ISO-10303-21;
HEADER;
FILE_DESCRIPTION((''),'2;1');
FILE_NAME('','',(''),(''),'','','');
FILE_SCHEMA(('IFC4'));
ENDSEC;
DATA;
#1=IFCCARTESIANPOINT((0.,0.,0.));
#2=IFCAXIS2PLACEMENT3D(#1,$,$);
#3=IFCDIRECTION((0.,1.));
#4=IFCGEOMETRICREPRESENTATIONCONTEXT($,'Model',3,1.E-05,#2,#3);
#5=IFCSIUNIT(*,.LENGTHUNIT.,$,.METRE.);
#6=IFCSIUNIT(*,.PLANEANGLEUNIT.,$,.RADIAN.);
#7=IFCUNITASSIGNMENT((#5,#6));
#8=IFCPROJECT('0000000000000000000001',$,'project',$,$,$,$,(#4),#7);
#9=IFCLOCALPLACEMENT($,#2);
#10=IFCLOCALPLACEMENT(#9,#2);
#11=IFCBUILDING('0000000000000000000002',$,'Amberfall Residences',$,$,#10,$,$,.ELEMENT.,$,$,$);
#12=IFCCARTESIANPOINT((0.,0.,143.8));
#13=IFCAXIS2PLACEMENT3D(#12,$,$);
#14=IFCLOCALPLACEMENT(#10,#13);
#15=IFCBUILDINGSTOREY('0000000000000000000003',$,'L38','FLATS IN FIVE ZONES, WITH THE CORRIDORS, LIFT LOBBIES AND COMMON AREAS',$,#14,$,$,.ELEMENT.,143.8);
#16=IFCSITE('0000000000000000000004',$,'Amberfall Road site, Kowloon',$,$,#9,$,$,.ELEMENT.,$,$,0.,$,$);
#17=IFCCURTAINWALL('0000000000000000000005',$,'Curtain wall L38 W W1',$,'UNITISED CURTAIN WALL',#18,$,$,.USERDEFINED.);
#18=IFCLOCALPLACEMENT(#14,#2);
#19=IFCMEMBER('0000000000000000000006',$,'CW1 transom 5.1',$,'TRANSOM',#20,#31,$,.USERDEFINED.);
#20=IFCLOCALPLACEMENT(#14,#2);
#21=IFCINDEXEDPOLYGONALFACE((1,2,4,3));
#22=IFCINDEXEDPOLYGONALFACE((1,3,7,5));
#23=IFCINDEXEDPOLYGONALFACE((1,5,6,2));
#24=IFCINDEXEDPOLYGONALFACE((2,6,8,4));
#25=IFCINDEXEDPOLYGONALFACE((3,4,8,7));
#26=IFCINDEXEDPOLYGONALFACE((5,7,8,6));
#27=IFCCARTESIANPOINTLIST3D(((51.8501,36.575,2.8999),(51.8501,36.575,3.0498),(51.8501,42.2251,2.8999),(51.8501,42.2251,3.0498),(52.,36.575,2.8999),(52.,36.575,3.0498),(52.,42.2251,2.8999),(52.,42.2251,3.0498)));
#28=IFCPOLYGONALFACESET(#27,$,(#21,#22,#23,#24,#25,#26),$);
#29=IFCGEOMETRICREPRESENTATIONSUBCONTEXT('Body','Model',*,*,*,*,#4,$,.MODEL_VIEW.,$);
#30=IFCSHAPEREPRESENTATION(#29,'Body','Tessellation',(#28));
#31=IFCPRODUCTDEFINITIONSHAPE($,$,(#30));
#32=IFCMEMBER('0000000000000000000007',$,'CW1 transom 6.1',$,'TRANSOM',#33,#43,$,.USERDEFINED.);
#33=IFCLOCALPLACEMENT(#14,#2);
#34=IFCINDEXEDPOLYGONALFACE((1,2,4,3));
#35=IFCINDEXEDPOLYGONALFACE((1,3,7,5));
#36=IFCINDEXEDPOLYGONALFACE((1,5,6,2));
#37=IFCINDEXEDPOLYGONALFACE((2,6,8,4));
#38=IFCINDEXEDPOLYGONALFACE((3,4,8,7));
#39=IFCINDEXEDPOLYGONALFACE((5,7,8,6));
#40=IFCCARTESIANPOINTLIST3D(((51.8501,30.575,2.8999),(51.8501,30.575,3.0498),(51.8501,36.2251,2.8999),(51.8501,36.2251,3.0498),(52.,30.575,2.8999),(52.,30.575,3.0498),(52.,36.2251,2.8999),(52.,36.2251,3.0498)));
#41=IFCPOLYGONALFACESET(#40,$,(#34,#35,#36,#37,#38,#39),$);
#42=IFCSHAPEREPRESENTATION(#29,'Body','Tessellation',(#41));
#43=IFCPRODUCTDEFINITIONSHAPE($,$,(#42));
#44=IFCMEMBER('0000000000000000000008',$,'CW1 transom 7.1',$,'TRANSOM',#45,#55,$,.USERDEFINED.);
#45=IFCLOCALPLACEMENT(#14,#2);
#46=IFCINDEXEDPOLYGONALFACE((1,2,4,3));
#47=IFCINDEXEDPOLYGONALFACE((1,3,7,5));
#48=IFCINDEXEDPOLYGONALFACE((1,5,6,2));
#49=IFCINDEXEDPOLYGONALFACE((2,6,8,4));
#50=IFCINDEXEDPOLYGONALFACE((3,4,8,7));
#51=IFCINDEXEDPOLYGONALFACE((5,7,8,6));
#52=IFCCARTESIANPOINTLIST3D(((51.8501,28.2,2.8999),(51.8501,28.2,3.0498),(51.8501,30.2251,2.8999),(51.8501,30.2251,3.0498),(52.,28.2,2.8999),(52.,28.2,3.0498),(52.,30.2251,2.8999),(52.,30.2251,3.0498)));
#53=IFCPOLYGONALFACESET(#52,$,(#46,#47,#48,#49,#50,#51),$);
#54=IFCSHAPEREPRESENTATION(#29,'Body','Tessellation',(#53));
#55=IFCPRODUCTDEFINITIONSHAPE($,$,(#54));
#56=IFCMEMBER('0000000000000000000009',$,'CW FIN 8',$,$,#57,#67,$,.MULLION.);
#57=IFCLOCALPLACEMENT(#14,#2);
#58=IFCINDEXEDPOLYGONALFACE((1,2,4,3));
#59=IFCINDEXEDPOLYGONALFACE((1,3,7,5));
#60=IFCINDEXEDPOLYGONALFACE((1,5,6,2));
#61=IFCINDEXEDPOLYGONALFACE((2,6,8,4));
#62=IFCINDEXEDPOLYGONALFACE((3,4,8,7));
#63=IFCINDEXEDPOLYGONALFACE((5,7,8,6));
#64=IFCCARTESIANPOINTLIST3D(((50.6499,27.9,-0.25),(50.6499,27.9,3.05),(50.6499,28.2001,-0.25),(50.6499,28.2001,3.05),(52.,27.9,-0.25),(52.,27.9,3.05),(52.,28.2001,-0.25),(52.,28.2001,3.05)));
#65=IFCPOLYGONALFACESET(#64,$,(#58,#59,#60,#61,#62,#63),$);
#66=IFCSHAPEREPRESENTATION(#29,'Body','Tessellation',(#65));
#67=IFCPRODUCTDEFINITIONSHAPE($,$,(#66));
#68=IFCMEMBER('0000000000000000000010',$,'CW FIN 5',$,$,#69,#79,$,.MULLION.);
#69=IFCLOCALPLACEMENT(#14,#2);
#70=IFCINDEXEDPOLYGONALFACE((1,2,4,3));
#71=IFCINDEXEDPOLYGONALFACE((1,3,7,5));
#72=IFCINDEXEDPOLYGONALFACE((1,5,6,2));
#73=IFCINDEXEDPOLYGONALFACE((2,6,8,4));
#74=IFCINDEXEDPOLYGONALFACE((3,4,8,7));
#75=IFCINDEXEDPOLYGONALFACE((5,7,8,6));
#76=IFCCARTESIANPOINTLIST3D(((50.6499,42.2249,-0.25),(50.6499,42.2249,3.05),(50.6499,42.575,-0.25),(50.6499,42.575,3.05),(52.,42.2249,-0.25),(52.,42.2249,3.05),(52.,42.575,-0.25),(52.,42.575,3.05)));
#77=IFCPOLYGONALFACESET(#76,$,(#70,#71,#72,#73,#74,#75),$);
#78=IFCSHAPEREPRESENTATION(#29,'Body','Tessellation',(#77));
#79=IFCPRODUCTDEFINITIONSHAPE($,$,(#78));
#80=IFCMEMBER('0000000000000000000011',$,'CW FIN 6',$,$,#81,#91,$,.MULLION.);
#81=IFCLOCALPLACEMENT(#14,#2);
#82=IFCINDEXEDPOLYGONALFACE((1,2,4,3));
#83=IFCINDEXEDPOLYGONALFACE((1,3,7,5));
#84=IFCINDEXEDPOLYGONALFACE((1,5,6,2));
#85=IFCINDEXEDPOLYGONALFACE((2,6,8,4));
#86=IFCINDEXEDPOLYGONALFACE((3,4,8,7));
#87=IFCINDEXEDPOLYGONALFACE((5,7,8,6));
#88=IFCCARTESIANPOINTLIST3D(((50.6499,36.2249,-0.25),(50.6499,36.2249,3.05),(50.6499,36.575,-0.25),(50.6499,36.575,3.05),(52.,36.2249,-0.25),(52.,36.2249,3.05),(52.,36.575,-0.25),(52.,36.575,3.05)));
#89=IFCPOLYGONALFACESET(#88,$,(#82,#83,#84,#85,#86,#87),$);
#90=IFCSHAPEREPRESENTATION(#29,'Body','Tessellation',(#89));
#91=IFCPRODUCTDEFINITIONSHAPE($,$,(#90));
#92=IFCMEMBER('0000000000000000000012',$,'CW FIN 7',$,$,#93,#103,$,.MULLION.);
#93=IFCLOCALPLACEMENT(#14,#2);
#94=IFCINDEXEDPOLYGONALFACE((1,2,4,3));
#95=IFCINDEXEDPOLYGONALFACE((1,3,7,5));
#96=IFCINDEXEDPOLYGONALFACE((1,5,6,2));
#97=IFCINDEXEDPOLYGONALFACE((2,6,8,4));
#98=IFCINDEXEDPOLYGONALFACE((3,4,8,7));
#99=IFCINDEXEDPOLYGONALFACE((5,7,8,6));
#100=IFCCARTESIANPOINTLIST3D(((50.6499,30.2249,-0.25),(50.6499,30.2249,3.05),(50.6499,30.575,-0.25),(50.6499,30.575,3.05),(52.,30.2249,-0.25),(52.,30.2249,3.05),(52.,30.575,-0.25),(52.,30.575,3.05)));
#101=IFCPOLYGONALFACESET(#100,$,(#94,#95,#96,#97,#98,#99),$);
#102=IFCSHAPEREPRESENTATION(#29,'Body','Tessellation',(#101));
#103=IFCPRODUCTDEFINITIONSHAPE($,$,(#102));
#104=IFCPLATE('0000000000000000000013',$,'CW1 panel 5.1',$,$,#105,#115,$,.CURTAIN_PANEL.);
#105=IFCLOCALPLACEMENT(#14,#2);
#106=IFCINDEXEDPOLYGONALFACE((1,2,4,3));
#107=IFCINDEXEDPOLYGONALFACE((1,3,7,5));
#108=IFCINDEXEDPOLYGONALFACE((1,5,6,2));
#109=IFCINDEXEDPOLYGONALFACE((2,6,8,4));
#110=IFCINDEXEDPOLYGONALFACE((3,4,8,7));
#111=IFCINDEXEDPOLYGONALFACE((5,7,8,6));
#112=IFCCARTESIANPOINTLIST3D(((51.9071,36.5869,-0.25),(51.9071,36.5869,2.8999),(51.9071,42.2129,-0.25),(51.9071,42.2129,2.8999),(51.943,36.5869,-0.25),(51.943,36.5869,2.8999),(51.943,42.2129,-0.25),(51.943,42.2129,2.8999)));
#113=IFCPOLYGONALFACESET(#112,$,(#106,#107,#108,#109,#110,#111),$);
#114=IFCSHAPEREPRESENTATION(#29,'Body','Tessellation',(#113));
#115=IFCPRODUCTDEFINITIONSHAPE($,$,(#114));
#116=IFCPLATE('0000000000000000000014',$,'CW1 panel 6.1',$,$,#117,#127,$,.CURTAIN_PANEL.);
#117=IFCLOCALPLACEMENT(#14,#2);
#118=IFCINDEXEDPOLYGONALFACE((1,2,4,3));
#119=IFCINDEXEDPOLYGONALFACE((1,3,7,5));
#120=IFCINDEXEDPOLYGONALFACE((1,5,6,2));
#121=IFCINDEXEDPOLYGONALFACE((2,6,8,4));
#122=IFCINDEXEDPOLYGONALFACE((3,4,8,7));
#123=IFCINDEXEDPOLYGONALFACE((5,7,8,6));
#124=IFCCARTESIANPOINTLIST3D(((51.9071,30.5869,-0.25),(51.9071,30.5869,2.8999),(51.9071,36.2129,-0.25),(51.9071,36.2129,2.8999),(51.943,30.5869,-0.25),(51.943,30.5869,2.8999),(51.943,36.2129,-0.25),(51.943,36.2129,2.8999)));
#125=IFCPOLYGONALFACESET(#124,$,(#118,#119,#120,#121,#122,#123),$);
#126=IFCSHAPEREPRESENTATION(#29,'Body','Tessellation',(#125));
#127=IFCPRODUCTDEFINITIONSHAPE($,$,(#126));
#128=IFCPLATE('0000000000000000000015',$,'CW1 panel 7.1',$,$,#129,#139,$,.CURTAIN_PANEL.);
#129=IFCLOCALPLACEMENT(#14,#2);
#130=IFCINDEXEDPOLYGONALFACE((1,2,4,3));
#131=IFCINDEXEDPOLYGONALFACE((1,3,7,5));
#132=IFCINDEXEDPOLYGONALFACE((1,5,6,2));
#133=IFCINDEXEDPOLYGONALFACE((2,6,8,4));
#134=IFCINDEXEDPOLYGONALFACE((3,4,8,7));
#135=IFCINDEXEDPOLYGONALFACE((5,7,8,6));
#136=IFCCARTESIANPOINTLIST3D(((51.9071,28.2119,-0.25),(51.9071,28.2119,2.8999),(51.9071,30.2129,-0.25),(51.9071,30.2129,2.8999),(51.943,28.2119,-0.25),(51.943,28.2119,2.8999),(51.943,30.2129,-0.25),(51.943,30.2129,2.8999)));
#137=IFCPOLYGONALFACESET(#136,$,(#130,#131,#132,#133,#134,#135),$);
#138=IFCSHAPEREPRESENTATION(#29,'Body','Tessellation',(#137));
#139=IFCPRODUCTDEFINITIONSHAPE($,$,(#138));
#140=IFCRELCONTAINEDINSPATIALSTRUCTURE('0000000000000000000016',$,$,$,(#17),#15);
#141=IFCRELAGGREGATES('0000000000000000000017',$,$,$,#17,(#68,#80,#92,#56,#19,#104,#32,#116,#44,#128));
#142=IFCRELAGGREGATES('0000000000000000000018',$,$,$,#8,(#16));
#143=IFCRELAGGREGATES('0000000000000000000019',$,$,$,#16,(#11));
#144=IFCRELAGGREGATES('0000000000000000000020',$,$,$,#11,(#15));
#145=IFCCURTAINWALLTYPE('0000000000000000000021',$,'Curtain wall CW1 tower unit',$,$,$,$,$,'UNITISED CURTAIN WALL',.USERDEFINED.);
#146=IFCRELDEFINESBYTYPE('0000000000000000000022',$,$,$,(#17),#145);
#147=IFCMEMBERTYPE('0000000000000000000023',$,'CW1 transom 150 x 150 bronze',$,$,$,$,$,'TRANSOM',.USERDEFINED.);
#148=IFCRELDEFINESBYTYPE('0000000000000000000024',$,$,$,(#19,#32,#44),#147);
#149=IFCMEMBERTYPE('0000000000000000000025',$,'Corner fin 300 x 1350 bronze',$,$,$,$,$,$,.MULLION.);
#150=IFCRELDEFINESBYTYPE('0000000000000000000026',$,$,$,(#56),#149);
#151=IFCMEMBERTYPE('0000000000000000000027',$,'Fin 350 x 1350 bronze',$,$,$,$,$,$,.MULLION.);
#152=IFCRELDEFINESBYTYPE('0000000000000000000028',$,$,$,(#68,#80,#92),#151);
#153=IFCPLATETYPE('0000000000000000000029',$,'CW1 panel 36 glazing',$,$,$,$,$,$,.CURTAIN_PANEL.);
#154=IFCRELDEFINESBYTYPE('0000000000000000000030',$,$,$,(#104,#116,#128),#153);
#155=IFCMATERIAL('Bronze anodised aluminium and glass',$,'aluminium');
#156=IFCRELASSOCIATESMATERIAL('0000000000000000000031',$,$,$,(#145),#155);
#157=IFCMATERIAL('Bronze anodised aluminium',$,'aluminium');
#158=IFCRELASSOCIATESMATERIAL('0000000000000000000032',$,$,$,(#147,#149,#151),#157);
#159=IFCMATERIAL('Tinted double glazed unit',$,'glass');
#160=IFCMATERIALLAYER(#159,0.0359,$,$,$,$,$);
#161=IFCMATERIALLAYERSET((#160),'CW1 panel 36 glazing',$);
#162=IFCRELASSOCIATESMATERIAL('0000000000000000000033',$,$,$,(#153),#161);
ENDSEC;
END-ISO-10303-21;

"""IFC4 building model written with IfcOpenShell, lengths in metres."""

from ifc_helpers import new_model, si_unit, direction, frame, origin, origin_2d, place, context, subcontext, project, spatial, rectangle, extrude, material, layer, layer_set, material_profile, profile_set, type_object, element, aggregate, save


model = new_model("IFC4")

# Units and contexts
model_context = context("Model", 3, precision=1e-05, world=origin(), true_north=direction((0.0, 1.0)))
body_context = subcontext(model_context, "Body", "Model", "MODEL_VIEW")
ifc_project = project(units=[si_unit("LENGTHUNIT", "METRE"), si_unit("PLANEANGLEUNIT", "RADIAN")], contexts=[model_context])

# Site, building, storey
site_placement = place(None, origin())
site = spatial("IfcSite", under=ifc_project, at=site_placement, Name="Amberfall Road site, Kowloon", CompositionType="ELEMENT", RefElevation=0.0)
building_placement = place(site_placement, origin())
building = spatial("IfcBuilding", under=site, at=building_placement, Name="Amberfall Residences", CompositionType="ELEMENT")
storey_placement = place(building_placement, frame((0.0, 0.0, 143.8)))
storey = spatial("IfcBuildingStorey", under=building, at=storey_placement, Name="L38", Description="FLATS IN FIVE ZONES, WITH THE CORRIDORS, LIFT LOBBIES AND COMMON AREAS", CompositionType="ELEMENT", Elevation=143.8)

# Curtain wall, members, plates
ifc_material_1 = material(Name="Bronze anodised aluminium and glass", Category="aluminium")
curtain_wall_type = type_object("IfcCurtainWallType", Name="Curtain wall CW1 tower unit", ElementType="UNITISED CURTAIN WALL", PredefinedType="USERDEFINED", material=ifc_material_1)
curtain_wall_placement = place(storey_placement, origin())
curtain_wall = element("IfcCurtainWall", 1, at=curtain_wall_placement, inside=storey, type_object=curtain_wall_type, Name="Curtain wall L38 W W1", ObjectType="UNITISED CURTAIN WALL", PredefinedType="USERDEFINED")
ifc_material_2 = material(Name="Bronze anodised aluminium", Category="aluminium")
ifc_material_profile_1 = material_profile(ifc_material_2, rectangle(XDim=0.1499, YDim=0.1499, at=origin_2d()), Name="CW1 transom 150 x 150 bronze")
ifc_profile_set_1 = profile_set([ifc_material_profile_1], Name="Bronze anodised aluminium")
member_type_1 = type_object("IfcMemberType", Name="CW1 transom 150 x 150 bronze", ElementType="TRANSOM", PredefinedType="USERDEFINED", material=ifc_profile_set_1)
member_1_placement = place(storey_placement, frame((51.925, 42.2251, 2.9749), z_axis=(0.0, -1.0, 0.0), x_axis=(1.0, 0.0, 0.0)))
member_1 = element("IfcMember", 2, at=member_1_placement, type_object=member_type_1, Name="CW1 transom 5.1", ObjectType="TRANSOM", PredefinedType="USERDEFINED", context=body_context, shape_type="SweptSolid", body=[
    extrude(rectangle(XDim=0.1499, YDim=0.1499, at=origin_2d()), origin(), (0.0, 0.0, 1.0), 5.6501),
])
member_2_placement = place(storey_placement, frame((51.925, 36.2251, 2.9749), z_axis=(0.0, -1.0, 0.0), x_axis=(1.0, 0.0, 0.0)))
member_2 = element("IfcMember", 3, at=member_2_placement, type_object=member_type_1, Name="CW1 transom 6.1", ObjectType="TRANSOM", PredefinedType="USERDEFINED", context=body_context, shape_type="SweptSolid", body=[
    extrude(rectangle(XDim=0.1499, YDim=0.1499, at=origin_2d()), origin(), (0.0, 0.0, 1.0), 5.6501),
])
member_3_placement = place(storey_placement, frame((51.925, 30.2251, 2.9749), z_axis=(0.0, -1.0, 0.0), x_axis=(1.0, 0.0, 0.0)))
member_3 = element("IfcMember", 4, at=member_3_placement, type_object=member_type_1, Name="CW1 transom 7.1", ObjectType="TRANSOM", PredefinedType="USERDEFINED", context=body_context, shape_type="SweptSolid", body=[
    extrude(rectangle(XDim=0.1499, YDim=0.1499, at=origin_2d()), origin(), (0.0, 0.0, 1.0), 2.0251),
])
ifc_material_profile_2 = material_profile(ifc_material_2, rectangle(XDim=1.3501, YDim=0.3, at=origin_2d()), Name="Corner fin 300 x 1350 bronze")
ifc_profile_set_2 = profile_set([ifc_material_profile_2], Name="Bronze anodised aluminium")
member_type_2 = type_object("IfcMemberType", Name="Corner fin 300 x 1350 bronze", PredefinedType="MULLION", material=ifc_profile_set_2)
member_4_placement = place(storey_placement, frame((51.325, 28.05, -0.25), z_axis=(0.0, 0.0, 1.0), x_axis=(1.0, 0.0, 0.0)))
member_4 = element("IfcMember", 5, at=member_4_placement, type_object=member_type_2, Name="CW FIN 8", PredefinedType="MULLION", context=body_context, shape_type="SweptSolid", body=[
    extrude(rectangle(XDim=1.3501, YDim=0.3, at=origin_2d()), origin(), (0.0, 0.0, 1.0), 3.3),
])
ifc_material_profile_3 = material_profile(ifc_material_2, rectangle(XDim=1.3501, YDim=0.3501, at=origin_2d()), Name="Fin 350 x 1350 bronze")
ifc_profile_set_3 = profile_set([ifc_material_profile_3], Name="Bronze anodised aluminium")
member_type_3 = type_object("IfcMemberType", Name="Fin 350 x 1350 bronze", PredefinedType="MULLION", material=ifc_profile_set_3)
member_5_placement = place(storey_placement, frame((51.325, 42.3999, -0.25), z_axis=(0.0, 0.0, 1.0), x_axis=(1.0, 0.0, 0.0)))
member_5 = element("IfcMember", 6, at=member_5_placement, type_object=member_type_3, Name="CW FIN 5", PredefinedType="MULLION", context=body_context, shape_type="SweptSolid", body=[
    extrude(rectangle(XDim=1.3501, YDim=0.3501, at=origin_2d()), origin(), (0.0, 0.0, 1.0), 3.3),
])
member_6_placement = place(storey_placement, frame((51.325, 36.3999, -0.25), z_axis=(0.0, 0.0, 1.0), x_axis=(1.0, 0.0, 0.0)))
member_6 = element("IfcMember", 7, at=member_6_placement, type_object=member_type_3, Name="CW FIN 6", PredefinedType="MULLION", context=body_context, shape_type="SweptSolid", body=[
    extrude(rectangle(XDim=1.3501, YDim=0.3501, at=origin_2d()), origin(), (0.0, 0.0, 1.0), 3.3),
])
member_7_placement = place(storey_placement, frame((51.325, 30.3999, -0.25), z_axis=(0.0, 0.0, 1.0), x_axis=(1.0, 0.0, 0.0)))
member_7 = element("IfcMember", 8, at=member_7_placement, type_object=member_type_3, Name="CW FIN 7", PredefinedType="MULLION", context=body_context, shape_type="SweptSolid", body=[
    extrude(rectangle(XDim=1.3501, YDim=0.3501, at=origin_2d()), origin(), (0.0, 0.0, 1.0), 3.3),
])
ifc_material_3 = material(Name="Tinted double glazed unit", Category="glass")
ifc_layer_1 = layer(ifc_material_3, 0.0359)
ifc_layer_set_1 = layer_set([ifc_layer_1], Name="CW1 panel 36 glazing")
plate_type = type_object("IfcPlateType", Name="CW1 panel 36 glazing", PredefinedType="CURTAIN_PANEL", material=ifc_layer_set_1)
plate_1_placement = place(storey_placement, frame((51.925, 39.3999, -0.25), z_axis=(0.0, 0.0, 1.0), x_axis=(0.0, -1.0, 0.0)))
plate_1 = element("IfcPlate", 9, at=plate_1_placement, type_object=plate_type, Name="CW1 panel 5.1", PredefinedType="CURTAIN_PANEL", context=body_context, shape_type="SweptSolid", body=[
    extrude(rectangle(XDim=5.626, YDim=0.0359, at=origin_2d()), origin(), (0.0, 0.0, 1.0), 3.1499),
])
plate_2_placement = place(storey_placement, frame((51.925, 33.3999, -0.25), z_axis=(0.0, 0.0, 1.0), x_axis=(0.0, -1.0, 0.0)))
plate_2 = element("IfcPlate", 10, at=plate_2_placement, type_object=plate_type, Name="CW1 panel 6.1", PredefinedType="CURTAIN_PANEL", context=body_context, shape_type="SweptSolid", body=[
    extrude(rectangle(XDim=5.626, YDim=0.0359, at=origin_2d()), origin(), (0.0, 0.0, 1.0), 3.1499),
])
plate_3_placement = place(storey_placement, frame((51.925, 29.2124, -0.25), z_axis=(0.0, 0.0, 1.0), x_axis=(0.0, -1.0, 0.0)))
plate_3 = element("IfcPlate", 11, at=plate_3_placement, type_object=plate_type, Name="CW1 panel 7.1", PredefinedType="CURTAIN_PANEL", context=body_context, shape_type="SweptSolid", body=[
    extrude(rectangle(XDim=2.001, YDim=0.0359, at=origin_2d()), origin(), (0.0, 0.0, 1.0), 3.1499),
])
aggregate(curtain_wall, [member_5, member_6, member_7, member_4, member_1, plate_1, member_2, plate_2, member_3, plate_3])

save(model, "model.ifc")
